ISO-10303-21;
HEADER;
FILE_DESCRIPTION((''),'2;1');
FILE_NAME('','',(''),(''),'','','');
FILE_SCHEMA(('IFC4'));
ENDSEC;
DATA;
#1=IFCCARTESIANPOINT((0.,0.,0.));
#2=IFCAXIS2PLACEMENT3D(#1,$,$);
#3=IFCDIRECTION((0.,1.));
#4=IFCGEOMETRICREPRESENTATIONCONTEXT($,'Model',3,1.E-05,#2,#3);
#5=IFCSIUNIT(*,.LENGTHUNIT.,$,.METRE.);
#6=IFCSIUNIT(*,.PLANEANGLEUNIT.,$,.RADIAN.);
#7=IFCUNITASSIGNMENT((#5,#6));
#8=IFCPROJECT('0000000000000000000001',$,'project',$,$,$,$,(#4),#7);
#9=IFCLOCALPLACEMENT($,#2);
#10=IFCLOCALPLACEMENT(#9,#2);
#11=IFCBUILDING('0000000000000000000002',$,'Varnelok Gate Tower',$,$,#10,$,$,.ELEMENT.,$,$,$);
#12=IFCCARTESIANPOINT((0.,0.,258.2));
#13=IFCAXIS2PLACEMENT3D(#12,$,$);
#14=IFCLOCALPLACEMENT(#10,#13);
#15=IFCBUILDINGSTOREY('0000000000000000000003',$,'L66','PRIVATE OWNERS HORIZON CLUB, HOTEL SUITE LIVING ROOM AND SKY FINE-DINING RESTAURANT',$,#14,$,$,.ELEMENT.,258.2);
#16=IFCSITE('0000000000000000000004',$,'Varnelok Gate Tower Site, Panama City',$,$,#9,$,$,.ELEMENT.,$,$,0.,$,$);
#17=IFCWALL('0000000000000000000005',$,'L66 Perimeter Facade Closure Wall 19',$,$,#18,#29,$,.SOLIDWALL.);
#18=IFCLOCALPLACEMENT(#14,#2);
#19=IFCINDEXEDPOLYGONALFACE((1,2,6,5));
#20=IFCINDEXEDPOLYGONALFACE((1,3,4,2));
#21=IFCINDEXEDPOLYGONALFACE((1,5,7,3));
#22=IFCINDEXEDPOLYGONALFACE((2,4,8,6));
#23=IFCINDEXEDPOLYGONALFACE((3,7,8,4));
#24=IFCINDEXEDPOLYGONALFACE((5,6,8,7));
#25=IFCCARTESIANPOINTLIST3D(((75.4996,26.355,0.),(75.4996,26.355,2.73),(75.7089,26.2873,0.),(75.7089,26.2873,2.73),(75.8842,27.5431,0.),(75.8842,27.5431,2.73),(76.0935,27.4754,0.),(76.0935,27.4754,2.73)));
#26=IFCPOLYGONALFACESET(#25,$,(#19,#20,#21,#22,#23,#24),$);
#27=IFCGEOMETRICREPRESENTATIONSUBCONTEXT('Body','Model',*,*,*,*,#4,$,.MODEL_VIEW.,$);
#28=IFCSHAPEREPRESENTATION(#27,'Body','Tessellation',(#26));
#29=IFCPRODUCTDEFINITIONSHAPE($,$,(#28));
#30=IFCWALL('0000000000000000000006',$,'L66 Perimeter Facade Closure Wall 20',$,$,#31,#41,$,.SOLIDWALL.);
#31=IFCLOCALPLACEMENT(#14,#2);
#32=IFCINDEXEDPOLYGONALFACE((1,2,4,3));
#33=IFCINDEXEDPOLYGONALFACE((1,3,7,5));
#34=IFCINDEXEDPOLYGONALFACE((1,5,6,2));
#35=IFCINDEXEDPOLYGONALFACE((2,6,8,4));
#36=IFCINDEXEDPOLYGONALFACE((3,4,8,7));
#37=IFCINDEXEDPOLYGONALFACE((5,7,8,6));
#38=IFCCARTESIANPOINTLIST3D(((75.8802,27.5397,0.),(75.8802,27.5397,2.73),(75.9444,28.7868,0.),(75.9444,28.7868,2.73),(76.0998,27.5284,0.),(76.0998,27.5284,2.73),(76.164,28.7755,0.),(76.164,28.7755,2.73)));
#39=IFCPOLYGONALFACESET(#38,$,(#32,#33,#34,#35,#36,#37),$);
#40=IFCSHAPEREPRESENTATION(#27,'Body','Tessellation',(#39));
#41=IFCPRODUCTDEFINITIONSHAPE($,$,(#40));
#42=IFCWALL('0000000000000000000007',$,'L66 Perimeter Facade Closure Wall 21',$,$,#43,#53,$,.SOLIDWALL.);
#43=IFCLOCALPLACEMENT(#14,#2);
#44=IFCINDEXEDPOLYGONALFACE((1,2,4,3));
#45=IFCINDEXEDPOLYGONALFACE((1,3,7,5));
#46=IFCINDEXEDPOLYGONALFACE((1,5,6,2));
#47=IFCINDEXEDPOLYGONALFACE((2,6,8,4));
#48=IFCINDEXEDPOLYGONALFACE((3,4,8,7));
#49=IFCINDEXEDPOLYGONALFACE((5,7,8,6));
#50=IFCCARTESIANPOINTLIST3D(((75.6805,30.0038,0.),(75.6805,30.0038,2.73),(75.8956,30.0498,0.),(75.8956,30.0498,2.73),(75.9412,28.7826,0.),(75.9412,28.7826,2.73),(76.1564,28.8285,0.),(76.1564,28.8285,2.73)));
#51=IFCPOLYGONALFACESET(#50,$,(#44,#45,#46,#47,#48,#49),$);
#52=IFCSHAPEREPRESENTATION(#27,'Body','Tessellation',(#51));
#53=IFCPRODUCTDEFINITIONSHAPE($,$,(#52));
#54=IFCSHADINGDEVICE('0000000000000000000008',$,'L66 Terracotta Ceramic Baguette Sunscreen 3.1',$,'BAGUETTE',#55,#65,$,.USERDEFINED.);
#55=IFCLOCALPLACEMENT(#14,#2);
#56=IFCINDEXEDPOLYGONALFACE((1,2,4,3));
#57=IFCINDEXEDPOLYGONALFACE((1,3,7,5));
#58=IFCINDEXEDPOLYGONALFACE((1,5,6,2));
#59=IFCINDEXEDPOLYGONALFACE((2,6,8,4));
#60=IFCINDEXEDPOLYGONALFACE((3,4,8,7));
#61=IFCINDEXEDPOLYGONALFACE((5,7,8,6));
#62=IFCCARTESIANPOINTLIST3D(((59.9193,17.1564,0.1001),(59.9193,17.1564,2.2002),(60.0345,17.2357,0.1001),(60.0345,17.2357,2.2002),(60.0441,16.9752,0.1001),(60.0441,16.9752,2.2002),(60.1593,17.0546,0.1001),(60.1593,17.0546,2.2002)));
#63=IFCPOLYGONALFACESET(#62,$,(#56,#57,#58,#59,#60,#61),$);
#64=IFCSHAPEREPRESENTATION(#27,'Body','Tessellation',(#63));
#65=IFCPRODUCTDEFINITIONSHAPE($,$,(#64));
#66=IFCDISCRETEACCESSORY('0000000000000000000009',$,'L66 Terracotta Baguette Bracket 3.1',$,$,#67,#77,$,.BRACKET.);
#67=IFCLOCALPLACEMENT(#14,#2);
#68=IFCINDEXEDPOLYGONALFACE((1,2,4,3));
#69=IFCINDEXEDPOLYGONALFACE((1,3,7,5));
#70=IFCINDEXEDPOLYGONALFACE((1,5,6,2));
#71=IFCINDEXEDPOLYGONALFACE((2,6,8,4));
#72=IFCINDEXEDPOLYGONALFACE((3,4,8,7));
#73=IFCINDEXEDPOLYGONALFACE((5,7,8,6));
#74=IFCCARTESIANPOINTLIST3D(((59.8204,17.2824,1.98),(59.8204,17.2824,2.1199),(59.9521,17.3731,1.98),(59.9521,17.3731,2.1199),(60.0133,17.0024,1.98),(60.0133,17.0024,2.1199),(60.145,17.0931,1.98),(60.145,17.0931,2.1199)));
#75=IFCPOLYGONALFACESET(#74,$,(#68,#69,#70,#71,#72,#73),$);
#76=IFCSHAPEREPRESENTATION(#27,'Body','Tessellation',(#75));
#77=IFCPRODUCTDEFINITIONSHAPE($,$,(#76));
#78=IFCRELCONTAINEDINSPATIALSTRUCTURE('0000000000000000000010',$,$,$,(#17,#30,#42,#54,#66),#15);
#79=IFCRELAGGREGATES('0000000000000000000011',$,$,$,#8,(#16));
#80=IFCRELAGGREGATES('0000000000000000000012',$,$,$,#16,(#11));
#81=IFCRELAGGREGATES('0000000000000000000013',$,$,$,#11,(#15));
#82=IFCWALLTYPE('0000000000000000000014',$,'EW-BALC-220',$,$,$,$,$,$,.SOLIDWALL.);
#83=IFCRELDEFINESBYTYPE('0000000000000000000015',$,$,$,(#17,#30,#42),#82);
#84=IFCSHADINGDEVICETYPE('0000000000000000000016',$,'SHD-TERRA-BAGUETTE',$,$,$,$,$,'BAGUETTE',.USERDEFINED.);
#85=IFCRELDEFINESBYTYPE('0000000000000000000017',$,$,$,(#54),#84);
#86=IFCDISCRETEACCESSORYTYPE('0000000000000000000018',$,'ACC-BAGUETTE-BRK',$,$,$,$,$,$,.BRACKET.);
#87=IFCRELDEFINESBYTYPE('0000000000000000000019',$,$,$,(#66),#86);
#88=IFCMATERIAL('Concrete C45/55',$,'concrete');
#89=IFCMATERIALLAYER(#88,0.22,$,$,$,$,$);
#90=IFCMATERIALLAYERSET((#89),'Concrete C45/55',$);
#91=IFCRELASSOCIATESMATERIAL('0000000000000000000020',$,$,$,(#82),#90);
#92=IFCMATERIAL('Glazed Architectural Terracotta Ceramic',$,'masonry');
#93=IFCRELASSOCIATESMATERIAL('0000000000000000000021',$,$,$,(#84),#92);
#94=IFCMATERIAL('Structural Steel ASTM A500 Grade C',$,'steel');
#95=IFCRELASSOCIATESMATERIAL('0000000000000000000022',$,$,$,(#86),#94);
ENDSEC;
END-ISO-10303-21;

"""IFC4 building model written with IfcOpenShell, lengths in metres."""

from ifc_helpers import new_model, si_unit, direction, frame, frame_2d, origin, origin_2d, place, context, subcontext, project, spatial, rectangle, extrude, source, transform, mapped, material, layer, layer_set, type_object, element, save


model = new_model("IFC4")

# Units and contexts
model_context = context("Model", 3, precision=1e-05, world=origin(), true_north=direction((0.0, 1.0)))
body_context = subcontext(model_context, "Body", "Model", "MODEL_VIEW")
ifc_project = project(units=[si_unit("LENGTHUNIT", "METRE"), si_unit("PLANEANGLEUNIT", "RADIAN")], contexts=[model_context])

# Site, building, storey
site_placement = place(None, origin())
site = spatial("IfcSite", under=ifc_project, at=site_placement, Name="Varnelok Gate Tower Site, Panama City", CompositionType="ELEMENT", RefElevation=0.0)
building_placement = place(site_placement, origin())
building = spatial("IfcBuilding", under=site, at=building_placement, Name="Varnelok Gate Tower", CompositionType="ELEMENT")
storey_placement = place(building_placement, frame((0.0, 0.0, 258.2)))
storey = spatial("IfcBuildingStorey", under=building, at=storey_placement, Name="L66", Description="PRIVATE OWNERS HORIZON CLUB, HOTEL SUITE LIVING ROOM AND SKY FINE-DINING RESTAURANT", CompositionType="ELEMENT", Elevation=258.2)

# Shared definitions
ifc_material_1 = material(Name="Concrete C45/55", Category="concrete")
ifc_layer_1 = layer(ifc_material_1, 0.22)
ifc_layer_set_1 = layer_set([ifc_layer_1], Name="Concrete C45/55")
wall_type = type_object("IfcWallType", Name="EW-BALC-220", PredefinedType="SOLIDWALL", material=ifc_layer_set_1)

# Walls
for number, where, z_axis, x_axis, name in (
    (1, (75.6042, 26.321, 0.0), (0.0, 0.0, 1.0), (0.307945, 0.951404, 0.0), "L66 Perimeter Facade Closure Wall 19"),
    (2, (75.99, 27.5339, 0.0), (0.0, 0.0, 1.0), (0.05142, 0.998677, 0.0), "L66 Perimeter Facade Closure Wall 20"),
    (3, (76.0488, 28.8054, 0.0), (0.0, 0.0, 1.0), (-0.208808, 0.977957, 0.0), "L66 Perimeter Facade Closure Wall 21"),
):
    element("IfcWall", number, at=place(storey_placement, frame(where, z_axis=z_axis, x_axis=x_axis)), inside=storey, type_object=wall_type, Name=name, PredefinedType="SOLIDWALL", context=body_context, shape_type="SweptSolid", body=[
        extrude(rectangle(XDim=1.2488, YDim=0.22, at=frame_2d((0.6245, 0.0))), origin(), (0.0, 0.0, 1.0), 2.73),
    ])

# Shading device
ifc_material_2 = material(Name="Glazed Architectural Terracotta Ceramic", Category="masonry")
shading_device_type = type_object("IfcShadingDeviceType", Name="SHD-TERRA-BAGUETTE", ElementType="BAGUETTE", PredefinedType="USERDEFINED", material=ifc_material_2)
shared_shape_1 = source(origin(), body_context, "Body", "SweptSolid", [
    extrude(rectangle(XDim=0.1399, YDim=0.22, at=origin_2d()), origin(), (0.0, 0.0, 1.0), 2.1001),
])
shading_device_placement = place(storey_placement, frame((60.0393, 17.1055, 0.1001), z_axis=(0.0, 0.0, 1.0), x_axis=(0.823533, 0.567269, 0.0)))
element("IfcShadingDevice", 4, at=shading_device_placement, inside=storey, type_object=shading_device_type, Name="L66 Terracotta Ceramic Baguette Sunscreen 3.1", ObjectType="BAGUETTE", PredefinedType="USERDEFINED", context=body_context, shape_type="MappedRepresentation", body=[
    mapped(shared_shape_1, transform((0.0, 0.0, 0.0), scale=1.0)),
])

# Discrete accessory
ifc_material_3 = material(Name="Structural Steel ASTM A500 Grade C", Category="steel")
discrete_accessory_type = type_object("IfcDiscreteAccessoryType", Name="ACC-BAGUETTE-BRK", PredefinedType="BRACKET", material=ifc_material_3)
shared_shape_2 = source(origin(), body_context, "Body", "SweptSolid", [
    extrude(rectangle(XDim=0.1599, YDim=0.3401, at=origin_2d()), origin(), (0.0, 0.0, 1.0), 0.1399),
])
discrete_accessory_placement = place(storey_placement, frame((59.9827, 17.1877, 1.98), z_axis=(0.0, 0.0, 1.0), x_axis=(0.823533, 0.567269, 0.0)))
element("IfcDiscreteAccessory", 5, at=discrete_accessory_placement, inside=storey, type_object=discrete_accessory_type, Name="L66 Terracotta Baguette Bracket 3.1", PredefinedType="BRACKET", context=body_context, shape_type="MappedRepresentation", body=[
    mapped(shared_shape_2, transform((0.0, 0.0, 0.0), scale=1.0)),
])

save(model, "model.ifc")
